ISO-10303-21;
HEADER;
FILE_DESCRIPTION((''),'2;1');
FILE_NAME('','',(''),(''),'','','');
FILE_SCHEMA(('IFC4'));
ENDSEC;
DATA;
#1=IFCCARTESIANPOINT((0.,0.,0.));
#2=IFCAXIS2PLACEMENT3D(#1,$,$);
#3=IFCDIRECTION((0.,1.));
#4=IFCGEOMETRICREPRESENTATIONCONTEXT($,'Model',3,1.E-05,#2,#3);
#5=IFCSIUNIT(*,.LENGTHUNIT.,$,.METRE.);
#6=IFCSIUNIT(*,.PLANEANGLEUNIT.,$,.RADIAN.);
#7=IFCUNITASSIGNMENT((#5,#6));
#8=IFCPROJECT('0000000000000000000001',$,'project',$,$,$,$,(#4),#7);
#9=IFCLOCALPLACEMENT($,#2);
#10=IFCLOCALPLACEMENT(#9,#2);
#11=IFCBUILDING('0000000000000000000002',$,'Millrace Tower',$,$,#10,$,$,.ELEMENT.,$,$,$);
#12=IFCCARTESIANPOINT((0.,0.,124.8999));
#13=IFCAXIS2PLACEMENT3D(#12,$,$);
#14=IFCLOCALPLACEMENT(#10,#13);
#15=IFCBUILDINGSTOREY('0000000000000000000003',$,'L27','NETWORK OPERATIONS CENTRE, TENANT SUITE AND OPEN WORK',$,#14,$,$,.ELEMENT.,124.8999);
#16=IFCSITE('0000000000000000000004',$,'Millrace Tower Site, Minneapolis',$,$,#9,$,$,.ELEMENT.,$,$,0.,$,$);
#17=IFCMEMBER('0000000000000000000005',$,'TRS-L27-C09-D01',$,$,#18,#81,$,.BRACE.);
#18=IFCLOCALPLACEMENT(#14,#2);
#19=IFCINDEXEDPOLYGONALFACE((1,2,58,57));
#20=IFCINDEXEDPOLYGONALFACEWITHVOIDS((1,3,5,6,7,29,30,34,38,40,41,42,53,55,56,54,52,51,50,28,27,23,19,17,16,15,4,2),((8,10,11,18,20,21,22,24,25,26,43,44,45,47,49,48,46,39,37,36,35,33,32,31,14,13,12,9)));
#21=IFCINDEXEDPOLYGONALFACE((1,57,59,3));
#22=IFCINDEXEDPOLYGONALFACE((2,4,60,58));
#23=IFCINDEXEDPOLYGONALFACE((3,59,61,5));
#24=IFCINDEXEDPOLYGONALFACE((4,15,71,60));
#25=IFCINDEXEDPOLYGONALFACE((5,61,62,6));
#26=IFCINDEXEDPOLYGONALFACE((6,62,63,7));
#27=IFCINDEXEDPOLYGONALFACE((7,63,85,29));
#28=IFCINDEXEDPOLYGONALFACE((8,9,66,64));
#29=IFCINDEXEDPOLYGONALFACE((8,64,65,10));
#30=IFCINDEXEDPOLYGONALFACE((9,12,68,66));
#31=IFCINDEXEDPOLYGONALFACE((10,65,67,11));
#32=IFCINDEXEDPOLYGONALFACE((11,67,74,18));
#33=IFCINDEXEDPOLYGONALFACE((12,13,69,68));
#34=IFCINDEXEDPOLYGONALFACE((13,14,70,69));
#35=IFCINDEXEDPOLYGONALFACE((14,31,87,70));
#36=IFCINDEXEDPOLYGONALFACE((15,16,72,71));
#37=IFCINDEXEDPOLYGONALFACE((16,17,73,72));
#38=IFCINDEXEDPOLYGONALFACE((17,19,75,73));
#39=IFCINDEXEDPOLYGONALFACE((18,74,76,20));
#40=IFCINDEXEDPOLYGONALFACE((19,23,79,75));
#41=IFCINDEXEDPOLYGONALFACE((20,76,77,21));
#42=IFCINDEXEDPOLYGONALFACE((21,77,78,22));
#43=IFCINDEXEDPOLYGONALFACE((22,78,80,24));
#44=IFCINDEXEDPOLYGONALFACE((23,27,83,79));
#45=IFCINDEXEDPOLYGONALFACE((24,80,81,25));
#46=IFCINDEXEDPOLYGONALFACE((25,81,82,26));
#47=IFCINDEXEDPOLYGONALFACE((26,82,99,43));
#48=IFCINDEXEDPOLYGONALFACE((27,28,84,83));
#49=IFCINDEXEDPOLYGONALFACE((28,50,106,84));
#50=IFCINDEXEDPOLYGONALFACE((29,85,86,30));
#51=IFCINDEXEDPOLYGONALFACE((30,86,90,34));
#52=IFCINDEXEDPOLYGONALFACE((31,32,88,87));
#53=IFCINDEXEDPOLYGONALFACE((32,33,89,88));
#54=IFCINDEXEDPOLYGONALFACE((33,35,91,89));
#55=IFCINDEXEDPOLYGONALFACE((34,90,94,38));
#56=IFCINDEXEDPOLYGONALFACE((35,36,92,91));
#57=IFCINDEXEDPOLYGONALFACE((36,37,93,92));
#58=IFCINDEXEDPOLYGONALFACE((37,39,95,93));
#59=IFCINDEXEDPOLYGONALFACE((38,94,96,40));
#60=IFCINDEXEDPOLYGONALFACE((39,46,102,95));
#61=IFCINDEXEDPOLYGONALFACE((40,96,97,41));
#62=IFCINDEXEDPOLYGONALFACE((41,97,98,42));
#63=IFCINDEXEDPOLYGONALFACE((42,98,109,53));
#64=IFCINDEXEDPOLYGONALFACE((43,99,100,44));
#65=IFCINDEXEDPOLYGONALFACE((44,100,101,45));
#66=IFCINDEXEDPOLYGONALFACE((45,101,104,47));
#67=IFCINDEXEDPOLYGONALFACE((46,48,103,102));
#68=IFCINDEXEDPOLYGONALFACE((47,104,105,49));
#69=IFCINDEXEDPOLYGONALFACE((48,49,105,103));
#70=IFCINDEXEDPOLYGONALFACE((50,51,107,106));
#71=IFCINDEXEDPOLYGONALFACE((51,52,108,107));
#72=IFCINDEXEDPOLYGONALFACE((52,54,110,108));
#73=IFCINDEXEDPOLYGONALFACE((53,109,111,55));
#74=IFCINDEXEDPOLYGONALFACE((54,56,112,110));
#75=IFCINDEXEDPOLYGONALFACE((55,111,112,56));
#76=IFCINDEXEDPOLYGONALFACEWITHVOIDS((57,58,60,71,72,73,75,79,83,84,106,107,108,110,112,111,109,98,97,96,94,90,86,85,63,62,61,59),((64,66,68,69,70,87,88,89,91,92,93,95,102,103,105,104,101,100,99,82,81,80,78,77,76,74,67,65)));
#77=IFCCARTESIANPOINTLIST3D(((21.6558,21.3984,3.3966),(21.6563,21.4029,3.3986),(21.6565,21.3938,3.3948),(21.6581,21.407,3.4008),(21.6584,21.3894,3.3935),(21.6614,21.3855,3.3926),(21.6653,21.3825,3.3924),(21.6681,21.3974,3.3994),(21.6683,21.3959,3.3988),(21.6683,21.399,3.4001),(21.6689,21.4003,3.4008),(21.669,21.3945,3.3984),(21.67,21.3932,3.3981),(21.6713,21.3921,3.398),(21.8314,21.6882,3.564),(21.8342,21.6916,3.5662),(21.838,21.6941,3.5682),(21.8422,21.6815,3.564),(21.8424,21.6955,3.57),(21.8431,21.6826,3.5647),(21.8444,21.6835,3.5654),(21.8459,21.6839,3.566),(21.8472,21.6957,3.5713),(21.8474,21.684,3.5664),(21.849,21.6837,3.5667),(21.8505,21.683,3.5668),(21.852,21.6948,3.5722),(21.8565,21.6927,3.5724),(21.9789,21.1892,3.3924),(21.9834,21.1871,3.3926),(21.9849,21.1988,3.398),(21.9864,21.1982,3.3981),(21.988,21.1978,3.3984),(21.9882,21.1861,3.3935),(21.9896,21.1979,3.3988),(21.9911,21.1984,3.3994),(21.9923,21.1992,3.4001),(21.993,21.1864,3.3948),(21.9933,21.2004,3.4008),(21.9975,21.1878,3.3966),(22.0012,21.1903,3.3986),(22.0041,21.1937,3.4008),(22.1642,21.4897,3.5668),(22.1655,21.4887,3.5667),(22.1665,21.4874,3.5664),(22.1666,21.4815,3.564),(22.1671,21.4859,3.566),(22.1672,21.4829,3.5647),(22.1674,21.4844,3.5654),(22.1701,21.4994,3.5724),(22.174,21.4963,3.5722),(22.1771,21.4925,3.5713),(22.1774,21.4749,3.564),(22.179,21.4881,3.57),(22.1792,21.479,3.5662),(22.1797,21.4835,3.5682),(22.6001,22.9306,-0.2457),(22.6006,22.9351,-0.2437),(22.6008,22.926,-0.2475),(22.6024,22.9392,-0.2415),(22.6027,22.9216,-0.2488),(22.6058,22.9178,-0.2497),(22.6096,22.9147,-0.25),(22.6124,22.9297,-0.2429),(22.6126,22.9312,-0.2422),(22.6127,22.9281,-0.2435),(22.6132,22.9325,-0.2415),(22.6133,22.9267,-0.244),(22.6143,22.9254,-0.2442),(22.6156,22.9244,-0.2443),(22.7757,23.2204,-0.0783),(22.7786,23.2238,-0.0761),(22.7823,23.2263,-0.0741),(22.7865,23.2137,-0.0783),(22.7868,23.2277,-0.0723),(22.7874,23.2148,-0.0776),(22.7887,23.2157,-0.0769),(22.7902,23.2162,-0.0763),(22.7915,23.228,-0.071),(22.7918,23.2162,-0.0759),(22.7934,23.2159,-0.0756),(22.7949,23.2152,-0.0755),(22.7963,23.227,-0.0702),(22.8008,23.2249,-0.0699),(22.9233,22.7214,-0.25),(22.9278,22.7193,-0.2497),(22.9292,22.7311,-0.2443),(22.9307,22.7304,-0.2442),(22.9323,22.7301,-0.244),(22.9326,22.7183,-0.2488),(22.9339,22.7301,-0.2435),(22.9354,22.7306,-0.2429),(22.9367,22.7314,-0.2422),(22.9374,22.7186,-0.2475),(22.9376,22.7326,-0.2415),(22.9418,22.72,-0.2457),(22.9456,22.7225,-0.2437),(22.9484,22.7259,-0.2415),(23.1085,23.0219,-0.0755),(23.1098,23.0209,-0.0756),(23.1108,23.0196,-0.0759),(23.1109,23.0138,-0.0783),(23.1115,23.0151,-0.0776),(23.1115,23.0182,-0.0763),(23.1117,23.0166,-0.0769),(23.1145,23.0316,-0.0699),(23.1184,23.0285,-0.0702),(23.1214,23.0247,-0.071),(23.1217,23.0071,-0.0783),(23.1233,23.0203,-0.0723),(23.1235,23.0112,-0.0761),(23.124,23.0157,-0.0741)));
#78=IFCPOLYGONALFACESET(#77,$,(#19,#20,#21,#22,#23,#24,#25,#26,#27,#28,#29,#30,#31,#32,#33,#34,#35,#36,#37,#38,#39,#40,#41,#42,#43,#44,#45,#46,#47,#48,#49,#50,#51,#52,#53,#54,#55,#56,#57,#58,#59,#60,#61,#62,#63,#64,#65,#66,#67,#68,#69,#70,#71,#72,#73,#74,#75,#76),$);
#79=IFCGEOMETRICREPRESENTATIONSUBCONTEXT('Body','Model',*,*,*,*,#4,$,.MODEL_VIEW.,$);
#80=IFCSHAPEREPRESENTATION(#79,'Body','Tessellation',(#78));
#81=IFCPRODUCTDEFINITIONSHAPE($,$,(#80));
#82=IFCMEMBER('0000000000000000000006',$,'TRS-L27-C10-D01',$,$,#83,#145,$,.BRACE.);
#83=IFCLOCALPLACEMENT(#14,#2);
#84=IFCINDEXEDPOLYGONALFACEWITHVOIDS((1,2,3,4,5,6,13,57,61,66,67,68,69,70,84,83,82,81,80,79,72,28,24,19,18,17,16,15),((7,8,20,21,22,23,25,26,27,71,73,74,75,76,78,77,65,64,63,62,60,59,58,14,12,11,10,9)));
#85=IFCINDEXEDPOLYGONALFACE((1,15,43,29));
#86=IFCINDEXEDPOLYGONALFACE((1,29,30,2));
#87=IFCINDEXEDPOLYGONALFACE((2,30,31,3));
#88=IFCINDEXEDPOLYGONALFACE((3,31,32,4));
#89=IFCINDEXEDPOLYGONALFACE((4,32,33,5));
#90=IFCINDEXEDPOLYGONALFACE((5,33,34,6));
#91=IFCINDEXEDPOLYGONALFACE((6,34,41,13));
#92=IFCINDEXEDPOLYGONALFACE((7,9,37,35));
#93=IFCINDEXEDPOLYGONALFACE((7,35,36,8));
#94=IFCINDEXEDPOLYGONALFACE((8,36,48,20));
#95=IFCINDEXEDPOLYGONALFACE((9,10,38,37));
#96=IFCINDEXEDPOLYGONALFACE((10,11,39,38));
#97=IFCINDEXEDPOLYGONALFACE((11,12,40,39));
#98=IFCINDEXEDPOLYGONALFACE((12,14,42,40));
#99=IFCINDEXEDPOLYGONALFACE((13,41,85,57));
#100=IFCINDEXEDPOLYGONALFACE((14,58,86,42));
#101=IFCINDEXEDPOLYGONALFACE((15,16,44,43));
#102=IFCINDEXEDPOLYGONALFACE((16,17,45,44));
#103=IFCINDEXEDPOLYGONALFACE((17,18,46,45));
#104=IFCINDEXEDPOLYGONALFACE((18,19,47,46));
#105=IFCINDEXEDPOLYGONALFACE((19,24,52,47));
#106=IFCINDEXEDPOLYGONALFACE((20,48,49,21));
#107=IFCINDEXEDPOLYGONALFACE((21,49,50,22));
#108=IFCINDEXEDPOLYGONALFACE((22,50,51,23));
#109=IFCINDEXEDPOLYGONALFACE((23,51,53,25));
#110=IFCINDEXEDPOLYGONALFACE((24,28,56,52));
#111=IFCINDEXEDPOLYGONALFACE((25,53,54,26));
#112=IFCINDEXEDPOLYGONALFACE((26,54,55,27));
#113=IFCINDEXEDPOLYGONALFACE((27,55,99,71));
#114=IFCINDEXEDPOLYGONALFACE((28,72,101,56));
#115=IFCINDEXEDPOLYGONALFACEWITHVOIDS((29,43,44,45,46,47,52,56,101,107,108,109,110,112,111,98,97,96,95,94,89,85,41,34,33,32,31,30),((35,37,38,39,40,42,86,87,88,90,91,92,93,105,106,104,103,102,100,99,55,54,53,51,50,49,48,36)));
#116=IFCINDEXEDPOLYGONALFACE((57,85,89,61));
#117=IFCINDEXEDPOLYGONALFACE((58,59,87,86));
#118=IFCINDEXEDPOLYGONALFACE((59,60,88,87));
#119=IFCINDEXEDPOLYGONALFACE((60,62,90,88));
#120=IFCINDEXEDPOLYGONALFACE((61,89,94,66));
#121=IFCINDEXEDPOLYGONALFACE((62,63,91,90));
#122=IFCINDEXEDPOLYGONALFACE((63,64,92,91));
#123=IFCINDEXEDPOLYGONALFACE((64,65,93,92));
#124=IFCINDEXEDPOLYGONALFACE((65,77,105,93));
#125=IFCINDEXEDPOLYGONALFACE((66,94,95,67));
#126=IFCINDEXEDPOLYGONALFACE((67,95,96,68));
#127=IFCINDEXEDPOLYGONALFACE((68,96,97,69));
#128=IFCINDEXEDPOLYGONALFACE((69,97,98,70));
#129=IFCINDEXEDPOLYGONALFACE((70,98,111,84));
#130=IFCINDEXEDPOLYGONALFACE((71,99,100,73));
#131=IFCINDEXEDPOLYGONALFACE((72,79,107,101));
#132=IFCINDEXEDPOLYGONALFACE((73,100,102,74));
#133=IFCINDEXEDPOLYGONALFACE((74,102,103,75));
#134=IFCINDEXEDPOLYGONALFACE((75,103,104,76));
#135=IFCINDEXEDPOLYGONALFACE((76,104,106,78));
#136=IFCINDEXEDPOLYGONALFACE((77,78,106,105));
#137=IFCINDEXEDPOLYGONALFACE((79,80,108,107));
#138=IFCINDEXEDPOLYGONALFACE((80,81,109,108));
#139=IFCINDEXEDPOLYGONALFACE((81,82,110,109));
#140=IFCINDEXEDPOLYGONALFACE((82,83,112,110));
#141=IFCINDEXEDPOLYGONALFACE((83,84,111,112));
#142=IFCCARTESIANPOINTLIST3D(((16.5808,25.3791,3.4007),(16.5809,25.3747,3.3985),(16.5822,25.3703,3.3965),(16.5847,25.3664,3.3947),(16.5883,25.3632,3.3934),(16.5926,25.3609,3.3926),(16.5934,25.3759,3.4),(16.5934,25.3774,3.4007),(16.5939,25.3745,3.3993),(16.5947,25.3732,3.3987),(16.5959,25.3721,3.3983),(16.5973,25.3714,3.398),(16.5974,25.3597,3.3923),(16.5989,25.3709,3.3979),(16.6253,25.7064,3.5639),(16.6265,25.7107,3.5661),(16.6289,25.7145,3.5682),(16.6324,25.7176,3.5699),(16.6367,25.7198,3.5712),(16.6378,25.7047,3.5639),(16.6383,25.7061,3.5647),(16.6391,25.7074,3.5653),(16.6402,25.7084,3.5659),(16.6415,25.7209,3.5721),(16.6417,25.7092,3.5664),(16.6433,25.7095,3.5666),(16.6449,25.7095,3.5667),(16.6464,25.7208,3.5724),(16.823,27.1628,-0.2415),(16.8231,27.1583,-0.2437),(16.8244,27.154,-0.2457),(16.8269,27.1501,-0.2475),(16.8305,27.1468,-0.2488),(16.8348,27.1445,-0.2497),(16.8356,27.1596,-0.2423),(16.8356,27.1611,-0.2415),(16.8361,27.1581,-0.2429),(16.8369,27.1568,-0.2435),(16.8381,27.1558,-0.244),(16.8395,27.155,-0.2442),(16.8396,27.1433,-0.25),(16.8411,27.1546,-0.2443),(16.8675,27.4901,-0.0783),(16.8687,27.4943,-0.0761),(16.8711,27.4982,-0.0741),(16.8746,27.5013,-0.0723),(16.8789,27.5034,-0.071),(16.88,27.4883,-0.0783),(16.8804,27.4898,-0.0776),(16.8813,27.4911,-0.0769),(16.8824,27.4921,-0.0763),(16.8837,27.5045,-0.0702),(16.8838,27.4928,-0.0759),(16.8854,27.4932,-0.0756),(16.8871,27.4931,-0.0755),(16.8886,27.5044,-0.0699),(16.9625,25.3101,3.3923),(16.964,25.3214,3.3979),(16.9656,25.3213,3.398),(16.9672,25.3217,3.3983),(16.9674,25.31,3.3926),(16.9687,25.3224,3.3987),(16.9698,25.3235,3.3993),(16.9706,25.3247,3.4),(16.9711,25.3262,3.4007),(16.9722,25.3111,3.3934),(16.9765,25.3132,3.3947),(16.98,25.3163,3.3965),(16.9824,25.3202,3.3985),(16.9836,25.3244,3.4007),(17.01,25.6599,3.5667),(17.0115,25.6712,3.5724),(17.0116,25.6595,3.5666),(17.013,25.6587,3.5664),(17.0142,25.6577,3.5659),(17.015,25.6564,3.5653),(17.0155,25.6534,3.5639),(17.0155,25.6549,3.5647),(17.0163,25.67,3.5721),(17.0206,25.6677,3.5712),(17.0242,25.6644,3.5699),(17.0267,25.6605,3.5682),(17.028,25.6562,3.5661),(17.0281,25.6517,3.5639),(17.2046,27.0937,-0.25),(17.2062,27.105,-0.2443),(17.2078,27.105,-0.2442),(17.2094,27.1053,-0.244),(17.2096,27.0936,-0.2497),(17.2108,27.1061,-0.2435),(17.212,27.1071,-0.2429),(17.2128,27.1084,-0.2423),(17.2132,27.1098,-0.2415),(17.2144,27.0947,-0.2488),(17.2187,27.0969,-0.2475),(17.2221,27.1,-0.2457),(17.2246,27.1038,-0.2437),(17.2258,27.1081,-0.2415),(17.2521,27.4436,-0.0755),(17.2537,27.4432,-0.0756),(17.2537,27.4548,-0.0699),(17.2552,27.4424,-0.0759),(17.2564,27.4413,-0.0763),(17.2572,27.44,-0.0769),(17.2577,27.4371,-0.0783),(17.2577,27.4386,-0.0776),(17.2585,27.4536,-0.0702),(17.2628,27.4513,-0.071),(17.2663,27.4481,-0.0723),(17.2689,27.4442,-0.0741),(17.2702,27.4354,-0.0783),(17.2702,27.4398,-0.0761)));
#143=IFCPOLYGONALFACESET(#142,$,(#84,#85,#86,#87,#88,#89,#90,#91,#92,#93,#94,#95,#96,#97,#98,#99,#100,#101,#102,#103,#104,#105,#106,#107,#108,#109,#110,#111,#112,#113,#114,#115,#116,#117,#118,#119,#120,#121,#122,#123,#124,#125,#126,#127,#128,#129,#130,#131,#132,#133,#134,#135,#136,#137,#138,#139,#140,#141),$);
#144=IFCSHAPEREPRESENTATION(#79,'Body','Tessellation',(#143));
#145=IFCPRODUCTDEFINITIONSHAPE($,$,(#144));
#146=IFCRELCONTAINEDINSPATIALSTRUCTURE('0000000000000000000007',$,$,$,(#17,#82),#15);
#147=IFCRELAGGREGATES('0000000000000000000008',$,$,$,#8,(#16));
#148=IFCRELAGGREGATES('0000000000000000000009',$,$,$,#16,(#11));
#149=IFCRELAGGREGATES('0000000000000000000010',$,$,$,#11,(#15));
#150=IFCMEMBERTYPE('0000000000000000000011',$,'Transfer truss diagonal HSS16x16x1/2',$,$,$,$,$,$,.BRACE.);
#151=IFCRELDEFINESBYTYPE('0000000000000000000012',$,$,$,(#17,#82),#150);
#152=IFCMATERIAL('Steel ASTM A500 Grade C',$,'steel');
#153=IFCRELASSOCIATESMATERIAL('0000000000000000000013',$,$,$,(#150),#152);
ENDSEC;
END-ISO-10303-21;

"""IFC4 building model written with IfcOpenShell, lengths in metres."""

from ifc_helpers import new_model, si_unit, direction, frame, origin, origin_2d, place, context, subcontext, project, spatial, hollow_rectangle, extrude, material, material_profile, profile_set, type_object, element, save


model = new_model("IFC4")

# Units and contexts
model_context = context("Model", 3, precision=1e-05, world=origin(), true_north=direction((0.0, 1.0)))
body_context = subcontext(model_context, "Body", "Model", "MODEL_VIEW")
ifc_project = project(units=[si_unit("LENGTHUNIT", "METRE"), si_unit("PLANEANGLEUNIT", "RADIAN")], contexts=[model_context])

# Site, building, storey
site_placement = place(None, origin())
site = spatial("IfcSite", under=ifc_project, at=site_placement, Name="Millrace Tower Site, Minneapolis", CompositionType="ELEMENT", RefElevation=0.0)
building_placement = place(site_placement, origin())
building = spatial("IfcBuilding", under=site, at=building_placement, Name="Millrace Tower", CompositionType="ELEMENT")
storey_placement = place(building_placement, frame((0.0, 0.0, 124.8999)))
storey = spatial("IfcBuildingStorey", under=building, at=storey_placement, Name="L27", Description="NETWORK OPERATIONS CENTRE, TENANT SUITE AND OPEN WORK", CompositionType="ELEMENT", Elevation=124.8999)

# Members
ifc_material_1 = material(Name="Steel ASTM A500 Grade C", Category="steel")
ifc_material_profile_1 = material_profile(ifc_material_1, hollow_rectangle(XDim=0.4065, YDim=0.4065, WallThickness=0.0127, InnerFilletRadius=0.0063, OuterFilletRadius=0.019, at=origin_2d()))
ifc_profile_set_1 = profile_set([ifc_material_profile_1], Name="Steel ASTM A500 Grade C")
member_type_1 = type_object("IfcMemberType", Name="Transfer truss diagonal HSS16x16x1/2", PredefinedType="BRACE", material=ifc_profile_set_1)
for number, where, z_axis, x_axis, name in (
    (1, (22.8621, 22.9731, -0.1599), (-0.232437, -0.377139, 0.896515), (0.851304, -0.524672, 0.0), "TRS-L27-C09-D01"),
    (2, (17.0466, 27.2991, -0.1599), (-0.05961, -0.439024, 0.896496), (0.990908, -0.134544, 0.0), "TRS-L27-C10-D01"),
):
    element("IfcMember", number, at=place(storey_placement, frame(where, z_axis=z_axis, x_axis=x_axis)), inside=storey, type_object=member_type_1, Name=name, PredefinedType="BRACE", context=body_context, shape_type="SweptSolid", body=[
        extrude(hollow_rectangle(XDim=0.4065, YDim=0.4065, WallThickness=0.0127, InnerFilletRadius=0.0063, OuterFilletRadius=0.019, at=origin_2d()), origin(), (0.0, 0.0, 1.0), 4.0627),
    ])

save(model, "model.ifc")
